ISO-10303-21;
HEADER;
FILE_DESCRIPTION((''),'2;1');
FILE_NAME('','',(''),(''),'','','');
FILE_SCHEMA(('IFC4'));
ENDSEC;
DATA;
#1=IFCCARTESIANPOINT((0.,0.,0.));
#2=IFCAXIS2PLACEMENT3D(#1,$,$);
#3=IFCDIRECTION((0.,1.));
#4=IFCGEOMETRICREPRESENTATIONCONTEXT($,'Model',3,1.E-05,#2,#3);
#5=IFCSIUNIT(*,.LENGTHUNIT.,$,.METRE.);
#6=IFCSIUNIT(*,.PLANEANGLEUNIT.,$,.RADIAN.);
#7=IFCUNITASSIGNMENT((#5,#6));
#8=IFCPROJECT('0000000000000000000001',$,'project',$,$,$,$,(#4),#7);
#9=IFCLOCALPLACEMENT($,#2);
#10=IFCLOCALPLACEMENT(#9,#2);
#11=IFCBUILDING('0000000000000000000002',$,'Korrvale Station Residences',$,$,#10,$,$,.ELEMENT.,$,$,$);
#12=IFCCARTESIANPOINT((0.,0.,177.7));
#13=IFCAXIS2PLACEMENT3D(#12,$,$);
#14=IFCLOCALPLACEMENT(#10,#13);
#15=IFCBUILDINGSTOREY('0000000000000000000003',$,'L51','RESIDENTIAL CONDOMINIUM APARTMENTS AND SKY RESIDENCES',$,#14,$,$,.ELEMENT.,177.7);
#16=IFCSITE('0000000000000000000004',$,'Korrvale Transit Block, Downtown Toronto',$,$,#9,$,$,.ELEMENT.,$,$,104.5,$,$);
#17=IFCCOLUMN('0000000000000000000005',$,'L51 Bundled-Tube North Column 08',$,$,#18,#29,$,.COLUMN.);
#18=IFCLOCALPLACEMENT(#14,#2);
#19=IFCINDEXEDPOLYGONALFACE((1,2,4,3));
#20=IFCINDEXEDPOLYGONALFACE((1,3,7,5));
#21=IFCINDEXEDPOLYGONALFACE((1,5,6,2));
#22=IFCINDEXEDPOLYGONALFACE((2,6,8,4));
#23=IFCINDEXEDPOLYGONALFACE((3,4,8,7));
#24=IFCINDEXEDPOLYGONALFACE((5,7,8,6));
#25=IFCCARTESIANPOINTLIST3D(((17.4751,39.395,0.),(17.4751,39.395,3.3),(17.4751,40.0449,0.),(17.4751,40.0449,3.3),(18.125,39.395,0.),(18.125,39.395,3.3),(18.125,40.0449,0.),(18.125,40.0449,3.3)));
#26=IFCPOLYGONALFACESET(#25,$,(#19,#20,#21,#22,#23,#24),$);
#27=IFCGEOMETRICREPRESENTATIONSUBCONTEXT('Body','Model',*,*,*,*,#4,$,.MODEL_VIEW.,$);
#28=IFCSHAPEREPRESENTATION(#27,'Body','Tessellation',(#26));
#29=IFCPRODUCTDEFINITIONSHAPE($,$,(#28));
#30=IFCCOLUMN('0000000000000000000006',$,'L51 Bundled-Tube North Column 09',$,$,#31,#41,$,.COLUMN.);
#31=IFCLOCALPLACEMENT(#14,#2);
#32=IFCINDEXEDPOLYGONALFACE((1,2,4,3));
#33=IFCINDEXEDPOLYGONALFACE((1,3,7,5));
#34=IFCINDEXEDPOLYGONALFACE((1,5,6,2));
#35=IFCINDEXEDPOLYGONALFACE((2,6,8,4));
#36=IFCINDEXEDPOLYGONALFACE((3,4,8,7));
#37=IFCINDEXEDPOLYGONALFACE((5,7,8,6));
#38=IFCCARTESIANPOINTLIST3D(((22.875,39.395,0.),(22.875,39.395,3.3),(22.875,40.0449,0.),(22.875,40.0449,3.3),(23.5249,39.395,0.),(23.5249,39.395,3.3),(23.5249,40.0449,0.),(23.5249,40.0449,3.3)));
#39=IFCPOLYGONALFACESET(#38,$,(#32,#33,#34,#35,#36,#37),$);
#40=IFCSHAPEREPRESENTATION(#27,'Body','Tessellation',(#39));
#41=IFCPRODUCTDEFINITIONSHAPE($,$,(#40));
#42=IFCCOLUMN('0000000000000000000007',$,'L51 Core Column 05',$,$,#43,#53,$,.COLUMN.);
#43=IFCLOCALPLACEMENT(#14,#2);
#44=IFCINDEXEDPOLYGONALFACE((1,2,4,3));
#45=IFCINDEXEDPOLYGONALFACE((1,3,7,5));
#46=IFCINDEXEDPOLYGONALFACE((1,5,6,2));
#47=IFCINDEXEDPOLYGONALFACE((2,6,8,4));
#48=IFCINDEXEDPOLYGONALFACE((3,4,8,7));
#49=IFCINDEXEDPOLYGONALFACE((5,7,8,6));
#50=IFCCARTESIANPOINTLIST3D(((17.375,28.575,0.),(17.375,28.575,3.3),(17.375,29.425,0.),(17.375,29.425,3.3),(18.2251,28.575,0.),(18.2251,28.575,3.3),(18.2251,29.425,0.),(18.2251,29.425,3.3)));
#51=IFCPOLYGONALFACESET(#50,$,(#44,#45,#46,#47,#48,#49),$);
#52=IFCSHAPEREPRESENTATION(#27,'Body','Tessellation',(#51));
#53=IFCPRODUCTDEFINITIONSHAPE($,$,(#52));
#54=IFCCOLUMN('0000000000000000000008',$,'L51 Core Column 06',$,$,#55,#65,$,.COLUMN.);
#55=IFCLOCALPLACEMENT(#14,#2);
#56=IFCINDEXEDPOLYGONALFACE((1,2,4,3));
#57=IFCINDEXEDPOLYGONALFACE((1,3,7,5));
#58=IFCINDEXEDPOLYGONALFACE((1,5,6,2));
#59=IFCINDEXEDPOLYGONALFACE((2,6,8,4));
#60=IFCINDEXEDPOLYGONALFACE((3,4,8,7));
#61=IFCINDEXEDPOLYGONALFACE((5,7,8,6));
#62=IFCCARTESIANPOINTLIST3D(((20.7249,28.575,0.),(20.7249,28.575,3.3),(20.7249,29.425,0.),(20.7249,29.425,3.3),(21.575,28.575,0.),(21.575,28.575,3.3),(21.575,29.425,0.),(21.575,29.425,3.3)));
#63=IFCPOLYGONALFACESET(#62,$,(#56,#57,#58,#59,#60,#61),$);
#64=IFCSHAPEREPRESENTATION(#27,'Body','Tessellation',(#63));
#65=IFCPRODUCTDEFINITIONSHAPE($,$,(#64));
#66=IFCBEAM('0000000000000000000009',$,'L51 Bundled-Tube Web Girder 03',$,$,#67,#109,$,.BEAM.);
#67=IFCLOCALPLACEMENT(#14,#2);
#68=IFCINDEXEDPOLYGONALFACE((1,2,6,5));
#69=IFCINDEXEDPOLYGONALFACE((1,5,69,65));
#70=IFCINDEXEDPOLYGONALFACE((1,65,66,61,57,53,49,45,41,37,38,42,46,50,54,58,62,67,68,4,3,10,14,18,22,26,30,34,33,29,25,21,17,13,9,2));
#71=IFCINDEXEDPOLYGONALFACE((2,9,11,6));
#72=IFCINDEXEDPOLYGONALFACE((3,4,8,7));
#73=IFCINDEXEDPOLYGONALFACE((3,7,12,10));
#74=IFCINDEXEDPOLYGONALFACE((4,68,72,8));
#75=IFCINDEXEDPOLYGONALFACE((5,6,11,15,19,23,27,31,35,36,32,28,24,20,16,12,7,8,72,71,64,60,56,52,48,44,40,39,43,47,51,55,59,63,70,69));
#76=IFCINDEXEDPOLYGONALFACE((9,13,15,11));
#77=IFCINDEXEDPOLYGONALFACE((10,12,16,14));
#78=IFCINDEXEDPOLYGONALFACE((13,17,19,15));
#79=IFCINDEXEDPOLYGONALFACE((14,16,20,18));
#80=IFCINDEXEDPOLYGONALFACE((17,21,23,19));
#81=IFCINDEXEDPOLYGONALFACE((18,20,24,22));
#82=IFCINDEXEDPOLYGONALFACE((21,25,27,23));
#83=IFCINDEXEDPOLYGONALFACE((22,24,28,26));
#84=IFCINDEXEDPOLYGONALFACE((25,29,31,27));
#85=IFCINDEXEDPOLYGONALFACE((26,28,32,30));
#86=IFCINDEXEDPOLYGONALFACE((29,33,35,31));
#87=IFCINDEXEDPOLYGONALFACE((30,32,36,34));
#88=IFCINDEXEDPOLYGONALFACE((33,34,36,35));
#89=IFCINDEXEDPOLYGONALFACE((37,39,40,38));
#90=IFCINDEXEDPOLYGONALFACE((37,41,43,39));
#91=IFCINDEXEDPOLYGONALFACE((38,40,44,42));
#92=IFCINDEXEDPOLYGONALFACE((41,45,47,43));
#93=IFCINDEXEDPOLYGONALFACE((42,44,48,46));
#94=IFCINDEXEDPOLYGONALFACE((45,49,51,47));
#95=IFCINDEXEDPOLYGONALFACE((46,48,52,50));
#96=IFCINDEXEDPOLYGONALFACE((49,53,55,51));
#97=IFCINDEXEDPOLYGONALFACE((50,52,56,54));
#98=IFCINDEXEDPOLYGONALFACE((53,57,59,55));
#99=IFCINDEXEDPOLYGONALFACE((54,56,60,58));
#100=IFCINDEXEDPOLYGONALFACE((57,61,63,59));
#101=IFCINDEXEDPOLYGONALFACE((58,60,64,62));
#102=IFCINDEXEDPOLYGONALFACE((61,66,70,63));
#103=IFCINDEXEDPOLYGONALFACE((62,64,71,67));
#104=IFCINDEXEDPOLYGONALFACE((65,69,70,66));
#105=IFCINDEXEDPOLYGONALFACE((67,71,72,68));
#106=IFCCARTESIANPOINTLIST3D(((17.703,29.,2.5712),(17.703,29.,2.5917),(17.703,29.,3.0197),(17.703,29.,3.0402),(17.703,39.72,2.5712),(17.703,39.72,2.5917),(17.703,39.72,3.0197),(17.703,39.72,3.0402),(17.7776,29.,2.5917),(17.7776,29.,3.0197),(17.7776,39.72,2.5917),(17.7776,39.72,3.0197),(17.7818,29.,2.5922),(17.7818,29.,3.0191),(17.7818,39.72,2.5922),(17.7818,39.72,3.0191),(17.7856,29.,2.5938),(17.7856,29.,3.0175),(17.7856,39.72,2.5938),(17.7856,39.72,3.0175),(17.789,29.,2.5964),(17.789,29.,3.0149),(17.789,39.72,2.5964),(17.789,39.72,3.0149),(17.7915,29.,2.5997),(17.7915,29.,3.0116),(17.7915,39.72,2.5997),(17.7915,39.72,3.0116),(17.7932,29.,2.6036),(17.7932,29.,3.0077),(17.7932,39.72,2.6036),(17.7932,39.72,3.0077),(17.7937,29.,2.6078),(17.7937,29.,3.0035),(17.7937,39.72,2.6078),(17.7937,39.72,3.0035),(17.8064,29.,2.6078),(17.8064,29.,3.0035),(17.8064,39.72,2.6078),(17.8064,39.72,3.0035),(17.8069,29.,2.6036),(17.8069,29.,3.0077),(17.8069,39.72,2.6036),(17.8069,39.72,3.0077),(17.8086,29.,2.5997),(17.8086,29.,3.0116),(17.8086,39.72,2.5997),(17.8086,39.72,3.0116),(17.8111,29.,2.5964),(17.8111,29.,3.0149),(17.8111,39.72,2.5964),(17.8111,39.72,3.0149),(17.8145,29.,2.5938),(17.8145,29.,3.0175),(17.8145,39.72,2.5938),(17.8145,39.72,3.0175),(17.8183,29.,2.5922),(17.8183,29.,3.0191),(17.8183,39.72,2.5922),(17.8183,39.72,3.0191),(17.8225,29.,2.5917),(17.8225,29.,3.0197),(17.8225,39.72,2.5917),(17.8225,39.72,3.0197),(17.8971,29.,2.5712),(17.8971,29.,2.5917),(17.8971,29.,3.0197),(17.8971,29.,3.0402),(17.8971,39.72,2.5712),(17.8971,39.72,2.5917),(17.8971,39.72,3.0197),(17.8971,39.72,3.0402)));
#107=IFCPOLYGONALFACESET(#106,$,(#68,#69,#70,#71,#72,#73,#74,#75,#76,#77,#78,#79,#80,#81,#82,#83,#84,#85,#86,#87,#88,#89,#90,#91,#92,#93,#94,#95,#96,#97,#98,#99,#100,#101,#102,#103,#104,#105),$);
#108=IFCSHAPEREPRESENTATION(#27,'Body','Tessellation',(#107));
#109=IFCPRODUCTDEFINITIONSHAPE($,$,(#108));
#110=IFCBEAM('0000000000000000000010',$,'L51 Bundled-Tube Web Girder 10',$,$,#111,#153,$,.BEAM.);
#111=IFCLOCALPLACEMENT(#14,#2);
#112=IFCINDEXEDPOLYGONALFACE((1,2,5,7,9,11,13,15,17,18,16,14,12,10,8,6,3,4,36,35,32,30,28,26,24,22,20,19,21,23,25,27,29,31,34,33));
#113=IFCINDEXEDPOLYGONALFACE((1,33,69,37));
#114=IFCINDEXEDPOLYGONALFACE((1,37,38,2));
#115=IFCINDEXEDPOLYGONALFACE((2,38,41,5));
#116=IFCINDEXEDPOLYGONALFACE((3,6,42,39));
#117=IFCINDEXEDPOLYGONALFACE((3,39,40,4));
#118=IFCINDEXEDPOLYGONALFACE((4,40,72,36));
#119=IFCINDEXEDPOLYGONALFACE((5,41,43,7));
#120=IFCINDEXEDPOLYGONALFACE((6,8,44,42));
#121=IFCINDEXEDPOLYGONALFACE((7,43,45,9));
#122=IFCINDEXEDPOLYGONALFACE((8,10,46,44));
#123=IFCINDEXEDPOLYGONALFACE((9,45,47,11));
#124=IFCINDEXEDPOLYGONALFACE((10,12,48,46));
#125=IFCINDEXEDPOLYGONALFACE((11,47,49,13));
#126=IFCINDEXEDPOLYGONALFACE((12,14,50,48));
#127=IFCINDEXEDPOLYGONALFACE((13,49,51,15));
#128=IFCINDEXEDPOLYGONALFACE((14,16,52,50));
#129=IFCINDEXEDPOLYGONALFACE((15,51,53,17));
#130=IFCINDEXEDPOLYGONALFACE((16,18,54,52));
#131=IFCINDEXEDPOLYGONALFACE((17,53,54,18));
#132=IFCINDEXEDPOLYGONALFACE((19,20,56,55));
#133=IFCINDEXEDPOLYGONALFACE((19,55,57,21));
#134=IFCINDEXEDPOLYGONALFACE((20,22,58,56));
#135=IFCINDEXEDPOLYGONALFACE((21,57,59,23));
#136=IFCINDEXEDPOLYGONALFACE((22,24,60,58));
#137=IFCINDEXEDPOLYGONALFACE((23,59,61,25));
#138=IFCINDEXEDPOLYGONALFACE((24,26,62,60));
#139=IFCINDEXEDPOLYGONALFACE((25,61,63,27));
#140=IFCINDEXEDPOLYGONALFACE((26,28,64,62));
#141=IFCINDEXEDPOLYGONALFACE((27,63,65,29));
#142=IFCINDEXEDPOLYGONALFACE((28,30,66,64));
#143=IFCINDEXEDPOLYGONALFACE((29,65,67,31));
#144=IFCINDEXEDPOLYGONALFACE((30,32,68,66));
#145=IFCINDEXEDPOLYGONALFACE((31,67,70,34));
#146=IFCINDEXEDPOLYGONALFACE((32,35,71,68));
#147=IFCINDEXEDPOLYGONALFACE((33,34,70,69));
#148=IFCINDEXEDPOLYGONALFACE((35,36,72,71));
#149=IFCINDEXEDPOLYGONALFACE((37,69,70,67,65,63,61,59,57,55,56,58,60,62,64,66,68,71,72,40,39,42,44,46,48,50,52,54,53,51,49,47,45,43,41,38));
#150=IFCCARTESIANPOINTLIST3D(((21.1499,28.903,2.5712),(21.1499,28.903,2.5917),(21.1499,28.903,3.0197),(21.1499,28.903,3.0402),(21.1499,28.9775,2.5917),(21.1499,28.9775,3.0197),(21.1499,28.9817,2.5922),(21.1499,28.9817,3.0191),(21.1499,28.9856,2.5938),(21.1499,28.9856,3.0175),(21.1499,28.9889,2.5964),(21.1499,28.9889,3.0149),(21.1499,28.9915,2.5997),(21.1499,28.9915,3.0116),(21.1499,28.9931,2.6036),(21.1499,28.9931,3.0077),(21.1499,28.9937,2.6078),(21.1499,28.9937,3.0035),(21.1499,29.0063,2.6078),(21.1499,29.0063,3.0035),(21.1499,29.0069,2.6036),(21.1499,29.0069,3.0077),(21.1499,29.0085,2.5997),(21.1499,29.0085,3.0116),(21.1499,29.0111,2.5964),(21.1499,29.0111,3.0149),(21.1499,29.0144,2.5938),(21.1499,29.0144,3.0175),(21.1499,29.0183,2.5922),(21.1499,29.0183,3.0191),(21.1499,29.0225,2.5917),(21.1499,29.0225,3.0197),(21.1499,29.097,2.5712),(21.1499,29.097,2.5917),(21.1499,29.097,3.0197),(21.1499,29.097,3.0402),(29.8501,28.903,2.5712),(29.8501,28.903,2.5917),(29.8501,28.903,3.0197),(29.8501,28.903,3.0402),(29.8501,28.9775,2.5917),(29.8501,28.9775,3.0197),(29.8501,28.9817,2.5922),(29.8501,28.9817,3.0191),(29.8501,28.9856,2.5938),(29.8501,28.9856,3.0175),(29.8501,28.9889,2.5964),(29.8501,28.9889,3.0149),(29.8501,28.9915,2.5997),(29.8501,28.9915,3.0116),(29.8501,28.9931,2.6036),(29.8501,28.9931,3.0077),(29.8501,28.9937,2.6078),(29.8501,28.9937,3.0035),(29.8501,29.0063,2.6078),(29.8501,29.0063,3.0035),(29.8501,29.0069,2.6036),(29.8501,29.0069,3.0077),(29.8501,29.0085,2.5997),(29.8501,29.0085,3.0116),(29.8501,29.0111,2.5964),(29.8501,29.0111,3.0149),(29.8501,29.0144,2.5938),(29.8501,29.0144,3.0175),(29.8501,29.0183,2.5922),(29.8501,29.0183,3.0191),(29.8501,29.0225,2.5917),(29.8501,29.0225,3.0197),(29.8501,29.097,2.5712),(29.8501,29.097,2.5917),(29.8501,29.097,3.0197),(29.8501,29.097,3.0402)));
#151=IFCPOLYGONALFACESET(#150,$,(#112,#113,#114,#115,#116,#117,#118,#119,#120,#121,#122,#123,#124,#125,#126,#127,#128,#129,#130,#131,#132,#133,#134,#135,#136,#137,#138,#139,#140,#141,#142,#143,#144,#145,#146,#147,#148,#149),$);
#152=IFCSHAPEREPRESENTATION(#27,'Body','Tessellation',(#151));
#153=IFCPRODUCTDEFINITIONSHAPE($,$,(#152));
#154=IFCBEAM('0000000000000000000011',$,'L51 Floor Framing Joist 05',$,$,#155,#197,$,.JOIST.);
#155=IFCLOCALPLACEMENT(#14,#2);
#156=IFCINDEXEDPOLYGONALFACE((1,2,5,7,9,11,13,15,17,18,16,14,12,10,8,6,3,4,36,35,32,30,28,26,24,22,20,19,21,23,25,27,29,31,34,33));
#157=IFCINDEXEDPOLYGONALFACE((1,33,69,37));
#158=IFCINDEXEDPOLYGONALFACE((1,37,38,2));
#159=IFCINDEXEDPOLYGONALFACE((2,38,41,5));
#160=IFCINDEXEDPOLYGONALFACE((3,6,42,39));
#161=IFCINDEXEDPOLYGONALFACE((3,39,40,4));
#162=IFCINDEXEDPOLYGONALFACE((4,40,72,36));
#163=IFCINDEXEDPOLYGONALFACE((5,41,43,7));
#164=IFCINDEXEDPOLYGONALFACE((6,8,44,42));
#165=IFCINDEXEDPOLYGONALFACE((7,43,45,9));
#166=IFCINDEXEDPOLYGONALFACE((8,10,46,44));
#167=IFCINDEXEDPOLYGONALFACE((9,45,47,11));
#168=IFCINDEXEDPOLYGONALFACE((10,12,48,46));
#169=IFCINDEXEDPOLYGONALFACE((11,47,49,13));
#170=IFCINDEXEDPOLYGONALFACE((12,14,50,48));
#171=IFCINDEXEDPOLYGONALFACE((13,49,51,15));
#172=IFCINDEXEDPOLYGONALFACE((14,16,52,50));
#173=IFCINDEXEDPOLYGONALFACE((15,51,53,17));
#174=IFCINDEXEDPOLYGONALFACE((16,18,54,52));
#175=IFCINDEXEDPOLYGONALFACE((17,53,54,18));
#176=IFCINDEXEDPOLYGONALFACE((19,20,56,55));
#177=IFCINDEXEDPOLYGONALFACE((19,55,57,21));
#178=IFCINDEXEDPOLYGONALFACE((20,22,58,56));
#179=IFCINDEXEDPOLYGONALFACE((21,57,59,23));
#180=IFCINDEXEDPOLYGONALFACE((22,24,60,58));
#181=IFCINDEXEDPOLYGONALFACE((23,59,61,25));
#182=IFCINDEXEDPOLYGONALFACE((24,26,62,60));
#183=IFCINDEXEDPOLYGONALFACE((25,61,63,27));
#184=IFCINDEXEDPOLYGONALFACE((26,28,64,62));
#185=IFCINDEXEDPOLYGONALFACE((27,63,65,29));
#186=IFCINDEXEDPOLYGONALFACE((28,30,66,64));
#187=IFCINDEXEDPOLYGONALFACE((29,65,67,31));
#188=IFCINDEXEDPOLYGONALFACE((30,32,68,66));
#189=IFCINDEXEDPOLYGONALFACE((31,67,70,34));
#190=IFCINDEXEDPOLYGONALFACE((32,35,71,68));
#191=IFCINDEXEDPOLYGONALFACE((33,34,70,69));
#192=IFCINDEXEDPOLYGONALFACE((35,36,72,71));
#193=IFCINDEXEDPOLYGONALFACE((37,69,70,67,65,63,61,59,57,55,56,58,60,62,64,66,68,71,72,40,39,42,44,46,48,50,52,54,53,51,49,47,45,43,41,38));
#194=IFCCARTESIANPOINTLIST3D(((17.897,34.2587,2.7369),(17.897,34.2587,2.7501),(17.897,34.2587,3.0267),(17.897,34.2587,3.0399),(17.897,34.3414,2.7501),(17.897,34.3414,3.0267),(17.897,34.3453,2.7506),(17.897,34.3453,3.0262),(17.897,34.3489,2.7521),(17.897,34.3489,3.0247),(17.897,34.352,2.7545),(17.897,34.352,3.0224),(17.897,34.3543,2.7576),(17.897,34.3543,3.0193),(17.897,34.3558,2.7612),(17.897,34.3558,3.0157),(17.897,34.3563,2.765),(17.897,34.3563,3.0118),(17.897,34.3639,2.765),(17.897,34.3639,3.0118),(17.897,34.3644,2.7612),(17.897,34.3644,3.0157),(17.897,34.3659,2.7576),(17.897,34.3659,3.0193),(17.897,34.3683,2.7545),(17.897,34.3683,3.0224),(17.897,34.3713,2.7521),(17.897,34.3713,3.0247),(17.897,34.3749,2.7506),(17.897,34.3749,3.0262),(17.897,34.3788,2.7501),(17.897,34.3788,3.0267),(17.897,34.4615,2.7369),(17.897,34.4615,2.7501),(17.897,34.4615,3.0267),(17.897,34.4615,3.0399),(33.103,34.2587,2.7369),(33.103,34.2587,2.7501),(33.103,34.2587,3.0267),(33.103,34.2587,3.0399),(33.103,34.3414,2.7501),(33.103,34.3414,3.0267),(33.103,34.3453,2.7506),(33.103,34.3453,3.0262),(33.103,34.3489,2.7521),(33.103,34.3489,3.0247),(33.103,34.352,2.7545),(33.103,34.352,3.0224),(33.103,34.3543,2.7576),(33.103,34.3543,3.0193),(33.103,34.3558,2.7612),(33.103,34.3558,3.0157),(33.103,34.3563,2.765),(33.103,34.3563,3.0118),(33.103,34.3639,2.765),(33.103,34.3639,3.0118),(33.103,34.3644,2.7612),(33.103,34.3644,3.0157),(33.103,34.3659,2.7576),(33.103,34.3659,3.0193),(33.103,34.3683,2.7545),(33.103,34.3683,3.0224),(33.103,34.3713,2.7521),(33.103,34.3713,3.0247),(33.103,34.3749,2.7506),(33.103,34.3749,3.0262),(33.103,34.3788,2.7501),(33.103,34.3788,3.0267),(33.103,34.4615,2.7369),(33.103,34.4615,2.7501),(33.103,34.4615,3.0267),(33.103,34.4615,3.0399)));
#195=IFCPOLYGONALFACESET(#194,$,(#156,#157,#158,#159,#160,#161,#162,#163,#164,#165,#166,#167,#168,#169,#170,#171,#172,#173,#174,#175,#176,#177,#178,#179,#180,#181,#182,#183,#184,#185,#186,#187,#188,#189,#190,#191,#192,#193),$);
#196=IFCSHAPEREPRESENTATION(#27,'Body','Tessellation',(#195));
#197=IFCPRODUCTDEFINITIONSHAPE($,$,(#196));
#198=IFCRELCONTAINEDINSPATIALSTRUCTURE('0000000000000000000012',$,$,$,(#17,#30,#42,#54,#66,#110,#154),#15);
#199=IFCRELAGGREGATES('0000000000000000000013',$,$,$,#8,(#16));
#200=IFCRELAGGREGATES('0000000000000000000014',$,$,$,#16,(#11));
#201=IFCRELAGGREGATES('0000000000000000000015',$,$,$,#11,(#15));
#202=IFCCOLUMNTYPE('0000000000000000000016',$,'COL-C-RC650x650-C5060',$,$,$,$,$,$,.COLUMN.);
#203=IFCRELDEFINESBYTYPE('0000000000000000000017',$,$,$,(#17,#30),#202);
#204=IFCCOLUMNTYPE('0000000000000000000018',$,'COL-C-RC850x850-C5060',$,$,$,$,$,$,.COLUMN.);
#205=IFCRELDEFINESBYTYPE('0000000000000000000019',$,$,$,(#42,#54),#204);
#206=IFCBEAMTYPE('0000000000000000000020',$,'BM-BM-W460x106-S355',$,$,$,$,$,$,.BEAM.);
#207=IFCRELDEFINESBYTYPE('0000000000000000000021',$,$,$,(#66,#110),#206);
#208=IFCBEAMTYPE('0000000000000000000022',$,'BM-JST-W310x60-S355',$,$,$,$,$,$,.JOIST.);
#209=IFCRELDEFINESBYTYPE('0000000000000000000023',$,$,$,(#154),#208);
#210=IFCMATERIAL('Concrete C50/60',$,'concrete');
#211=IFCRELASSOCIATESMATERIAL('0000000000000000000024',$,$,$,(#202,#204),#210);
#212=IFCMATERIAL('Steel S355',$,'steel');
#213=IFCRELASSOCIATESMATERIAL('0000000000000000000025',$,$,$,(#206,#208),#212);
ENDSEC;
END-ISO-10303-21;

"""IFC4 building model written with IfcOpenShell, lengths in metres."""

from ifc_helpers import new_model, si_unit, direction, frame, origin, origin_2d, place, context, subcontext, project, spatial, rectangle, i_section, extrude, material, material_profile, profile_set, type_object, element, save


model = new_model("IFC4")

# Units and contexts
model_context = context("Model", 3, precision=1e-05, world=origin(), true_north=direction((0.0, 1.0)))
body_context = subcontext(model_context, "Body", "Model", "MODEL_VIEW")
ifc_project = project(units=[si_unit("LENGTHUNIT", "METRE"), si_unit("PLANEANGLEUNIT", "RADIAN")], contexts=[model_context])

# Site, building, storey
site_placement = place(None, origin())
site = spatial("IfcSite", under=ifc_project, at=site_placement, Name="Korrvale Transit Block, Downtown Toronto", CompositionType="ELEMENT", RefElevation=104.5)
building_placement = place(site_placement, origin())
building = spatial("IfcBuilding", under=site, at=building_placement, Name="Korrvale Station Residences", CompositionType="ELEMENT")
storey_placement = place(building_placement, frame((0.0, 0.0, 177.7)))
storey = spatial("IfcBuildingStorey", under=building, at=storey_placement, Name="L51", Description="RESIDENTIAL CONDOMINIUM APARTMENTS AND SKY RESIDENCES", CompositionType="ELEMENT", Elevation=177.7)

# Columns
ifc_material_1 = material(Name="Concrete C50/60", Category="concrete")
ifc_material_profile_1 = material_profile(ifc_material_1, rectangle(XDim=0.6499, YDim=0.6499, at=origin_2d()), Name="RC650x650")
ifc_profile_set_1 = profile_set([ifc_material_profile_1], Name="Concrete C50/60")
column_type_1 = type_object("IfcColumnType", Name="COL-C-RC650x650-C5060", PredefinedType="COLUMN", material=ifc_profile_set_1)
for number, where, z_axis, x_axis, name in (
    (1, (17.8, 39.72, 0.0), (0.0, 0.0, 1.0), (1.0, 0.0, 0.0), "L51 Bundled-Tube North Column 08"),
    (2, (23.2, 39.72, 0.0), (0.0, 0.0, 1.0), (1.0, 0.0, 0.0), "L51 Bundled-Tube North Column 09"),
):
    element("IfcColumn", number, at=place(storey_placement, frame(where, z_axis=z_axis, x_axis=x_axis)), inside=storey, type_object=column_type_1, Name=name, PredefinedType="COLUMN", context=body_context, shape_type="SweptSolid", body=[
        extrude(rectangle(XDim=0.6499, YDim=0.6499, at=origin_2d()), origin(), (0.0, 0.0, 1.0), 3.3),
    ])
ifc_material_profile_2 = material_profile(ifc_material_1, rectangle(XDim=0.8501, YDim=0.8501, at=origin_2d()), Name="RC850x850")
ifc_profile_set_2 = profile_set([ifc_material_profile_2], Name="Concrete C50/60")
column_type_2 = type_object("IfcColumnType", Name="COL-C-RC850x850-C5060", PredefinedType="COLUMN", material=ifc_profile_set_2)
for number, where, z_axis, x_axis, name in (
    (3, (17.8, 29.0, 0.0), (0.0, 0.0, 1.0), (1.0, 0.0, 0.0), "L51 Core Column 05"),
    (4, (21.1499, 29.0, 0.0), (0.0, 0.0, 1.0), (1.0, 0.0, 0.0), "L51 Core Column 06"),
):
    element("IfcColumn", number, at=place(storey_placement, frame(where, z_axis=z_axis, x_axis=x_axis)), inside=storey, type_object=column_type_2, Name=name, PredefinedType="COLUMN", context=body_context, shape_type="SweptSolid", body=[
        extrude(rectangle(XDim=0.8501, YDim=0.8501, at=origin_2d()), origin(), (0.0, 0.0, 1.0), 3.3),
    ])

# Beams
ifc_material_2 = material(Name="Steel S355", Category="steel")
ifc_material_profile_3 = material_profile(ifc_material_2, i_section(OverallWidth=0.1941, OverallDepth=0.469, WebThickness=0.0127, FlangeThickness=0.0205, FilletRadius=0.0161, at=origin_2d()), Name="W460x106")
ifc_profile_set_3 = profile_set([ifc_material_profile_3], Name="Steel S355")
beam_type_1 = type_object("IfcBeamType", Name="BM-BM-W460x106-S355", PredefinedType="BEAM", material=ifc_profile_set_3)
beam_1_placement = place(storey_placement, frame((17.8, 29.0, 2.8057), z_axis=(0.0, 1.0, 0.0), x_axis=(-1.0, 0.0, 0.0)))
element("IfcBeam", 5, at=beam_1_placement, inside=storey, type_object=beam_type_1, Name="L51 Bundled-Tube Web Girder 03", PredefinedType="BEAM", context=body_context, shape_type="SweptSolid", body=[
    extrude(i_section(OverallWidth=0.1941, OverallDepth=0.469, WebThickness=0.0127, FlangeThickness=0.0205, FilletRadius=0.0161, at=origin_2d()), origin(), (0.0, 0.0, 1.0), 10.72),
])
beam_2_placement = place(storey_placement, frame((21.1499, 29.0, 2.8057), z_axis=(1.0, 0.0, 0.0), x_axis=(0.0, 1.0, 0.0)))
element("IfcBeam", 6, at=beam_2_placement, inside=storey, type_object=beam_type_1, Name="L51 Bundled-Tube Web Girder 10", PredefinedType="BEAM", context=body_context, shape_type="SweptSolid", body=[
    extrude(i_section(OverallWidth=0.1941, OverallDepth=0.469, WebThickness=0.0127, FlangeThickness=0.0205, FilletRadius=0.0161, at=origin_2d()), origin(), (0.0, 0.0, 1.0), 8.7002),
])
ifc_material_profile_4 = material_profile(ifc_material_2, i_section(OverallWidth=0.2029, OverallDepth=0.303, WebThickness=0.0076, FlangeThickness=0.0132, FilletRadius=0.0149, at=origin_2d()), Name="W310x60")
ifc_profile_set_4 = profile_set([ifc_material_profile_4], Name="Steel S355")
beam_type_2 = type_object("IfcBeamType", Name="BM-JST-W310x60-S355", PredefinedType="JOIST", material=ifc_profile_set_4)
beam_3_placement = place(storey_placement, frame((17.897, 34.3601, 2.8884), z_axis=(1.0, 0.0, 0.0), x_axis=(0.0, 1.0, 0.0)))
element("IfcBeam", 7, at=beam_3_placement, inside=storey, type_object=beam_type_2, Name="L51 Floor Framing Joist 05", PredefinedType="JOIST", context=body_context, shape_type="SweptSolid", body=[
    extrude(i_section(OverallWidth=0.2029, OverallDepth=0.303, WebThickness=0.0076, FlangeThickness=0.0132, FilletRadius=0.0149, at=origin_2d()), origin(), (0.0, 0.0, 1.0), 15.2061),
])

save(model, "model.ifc")
